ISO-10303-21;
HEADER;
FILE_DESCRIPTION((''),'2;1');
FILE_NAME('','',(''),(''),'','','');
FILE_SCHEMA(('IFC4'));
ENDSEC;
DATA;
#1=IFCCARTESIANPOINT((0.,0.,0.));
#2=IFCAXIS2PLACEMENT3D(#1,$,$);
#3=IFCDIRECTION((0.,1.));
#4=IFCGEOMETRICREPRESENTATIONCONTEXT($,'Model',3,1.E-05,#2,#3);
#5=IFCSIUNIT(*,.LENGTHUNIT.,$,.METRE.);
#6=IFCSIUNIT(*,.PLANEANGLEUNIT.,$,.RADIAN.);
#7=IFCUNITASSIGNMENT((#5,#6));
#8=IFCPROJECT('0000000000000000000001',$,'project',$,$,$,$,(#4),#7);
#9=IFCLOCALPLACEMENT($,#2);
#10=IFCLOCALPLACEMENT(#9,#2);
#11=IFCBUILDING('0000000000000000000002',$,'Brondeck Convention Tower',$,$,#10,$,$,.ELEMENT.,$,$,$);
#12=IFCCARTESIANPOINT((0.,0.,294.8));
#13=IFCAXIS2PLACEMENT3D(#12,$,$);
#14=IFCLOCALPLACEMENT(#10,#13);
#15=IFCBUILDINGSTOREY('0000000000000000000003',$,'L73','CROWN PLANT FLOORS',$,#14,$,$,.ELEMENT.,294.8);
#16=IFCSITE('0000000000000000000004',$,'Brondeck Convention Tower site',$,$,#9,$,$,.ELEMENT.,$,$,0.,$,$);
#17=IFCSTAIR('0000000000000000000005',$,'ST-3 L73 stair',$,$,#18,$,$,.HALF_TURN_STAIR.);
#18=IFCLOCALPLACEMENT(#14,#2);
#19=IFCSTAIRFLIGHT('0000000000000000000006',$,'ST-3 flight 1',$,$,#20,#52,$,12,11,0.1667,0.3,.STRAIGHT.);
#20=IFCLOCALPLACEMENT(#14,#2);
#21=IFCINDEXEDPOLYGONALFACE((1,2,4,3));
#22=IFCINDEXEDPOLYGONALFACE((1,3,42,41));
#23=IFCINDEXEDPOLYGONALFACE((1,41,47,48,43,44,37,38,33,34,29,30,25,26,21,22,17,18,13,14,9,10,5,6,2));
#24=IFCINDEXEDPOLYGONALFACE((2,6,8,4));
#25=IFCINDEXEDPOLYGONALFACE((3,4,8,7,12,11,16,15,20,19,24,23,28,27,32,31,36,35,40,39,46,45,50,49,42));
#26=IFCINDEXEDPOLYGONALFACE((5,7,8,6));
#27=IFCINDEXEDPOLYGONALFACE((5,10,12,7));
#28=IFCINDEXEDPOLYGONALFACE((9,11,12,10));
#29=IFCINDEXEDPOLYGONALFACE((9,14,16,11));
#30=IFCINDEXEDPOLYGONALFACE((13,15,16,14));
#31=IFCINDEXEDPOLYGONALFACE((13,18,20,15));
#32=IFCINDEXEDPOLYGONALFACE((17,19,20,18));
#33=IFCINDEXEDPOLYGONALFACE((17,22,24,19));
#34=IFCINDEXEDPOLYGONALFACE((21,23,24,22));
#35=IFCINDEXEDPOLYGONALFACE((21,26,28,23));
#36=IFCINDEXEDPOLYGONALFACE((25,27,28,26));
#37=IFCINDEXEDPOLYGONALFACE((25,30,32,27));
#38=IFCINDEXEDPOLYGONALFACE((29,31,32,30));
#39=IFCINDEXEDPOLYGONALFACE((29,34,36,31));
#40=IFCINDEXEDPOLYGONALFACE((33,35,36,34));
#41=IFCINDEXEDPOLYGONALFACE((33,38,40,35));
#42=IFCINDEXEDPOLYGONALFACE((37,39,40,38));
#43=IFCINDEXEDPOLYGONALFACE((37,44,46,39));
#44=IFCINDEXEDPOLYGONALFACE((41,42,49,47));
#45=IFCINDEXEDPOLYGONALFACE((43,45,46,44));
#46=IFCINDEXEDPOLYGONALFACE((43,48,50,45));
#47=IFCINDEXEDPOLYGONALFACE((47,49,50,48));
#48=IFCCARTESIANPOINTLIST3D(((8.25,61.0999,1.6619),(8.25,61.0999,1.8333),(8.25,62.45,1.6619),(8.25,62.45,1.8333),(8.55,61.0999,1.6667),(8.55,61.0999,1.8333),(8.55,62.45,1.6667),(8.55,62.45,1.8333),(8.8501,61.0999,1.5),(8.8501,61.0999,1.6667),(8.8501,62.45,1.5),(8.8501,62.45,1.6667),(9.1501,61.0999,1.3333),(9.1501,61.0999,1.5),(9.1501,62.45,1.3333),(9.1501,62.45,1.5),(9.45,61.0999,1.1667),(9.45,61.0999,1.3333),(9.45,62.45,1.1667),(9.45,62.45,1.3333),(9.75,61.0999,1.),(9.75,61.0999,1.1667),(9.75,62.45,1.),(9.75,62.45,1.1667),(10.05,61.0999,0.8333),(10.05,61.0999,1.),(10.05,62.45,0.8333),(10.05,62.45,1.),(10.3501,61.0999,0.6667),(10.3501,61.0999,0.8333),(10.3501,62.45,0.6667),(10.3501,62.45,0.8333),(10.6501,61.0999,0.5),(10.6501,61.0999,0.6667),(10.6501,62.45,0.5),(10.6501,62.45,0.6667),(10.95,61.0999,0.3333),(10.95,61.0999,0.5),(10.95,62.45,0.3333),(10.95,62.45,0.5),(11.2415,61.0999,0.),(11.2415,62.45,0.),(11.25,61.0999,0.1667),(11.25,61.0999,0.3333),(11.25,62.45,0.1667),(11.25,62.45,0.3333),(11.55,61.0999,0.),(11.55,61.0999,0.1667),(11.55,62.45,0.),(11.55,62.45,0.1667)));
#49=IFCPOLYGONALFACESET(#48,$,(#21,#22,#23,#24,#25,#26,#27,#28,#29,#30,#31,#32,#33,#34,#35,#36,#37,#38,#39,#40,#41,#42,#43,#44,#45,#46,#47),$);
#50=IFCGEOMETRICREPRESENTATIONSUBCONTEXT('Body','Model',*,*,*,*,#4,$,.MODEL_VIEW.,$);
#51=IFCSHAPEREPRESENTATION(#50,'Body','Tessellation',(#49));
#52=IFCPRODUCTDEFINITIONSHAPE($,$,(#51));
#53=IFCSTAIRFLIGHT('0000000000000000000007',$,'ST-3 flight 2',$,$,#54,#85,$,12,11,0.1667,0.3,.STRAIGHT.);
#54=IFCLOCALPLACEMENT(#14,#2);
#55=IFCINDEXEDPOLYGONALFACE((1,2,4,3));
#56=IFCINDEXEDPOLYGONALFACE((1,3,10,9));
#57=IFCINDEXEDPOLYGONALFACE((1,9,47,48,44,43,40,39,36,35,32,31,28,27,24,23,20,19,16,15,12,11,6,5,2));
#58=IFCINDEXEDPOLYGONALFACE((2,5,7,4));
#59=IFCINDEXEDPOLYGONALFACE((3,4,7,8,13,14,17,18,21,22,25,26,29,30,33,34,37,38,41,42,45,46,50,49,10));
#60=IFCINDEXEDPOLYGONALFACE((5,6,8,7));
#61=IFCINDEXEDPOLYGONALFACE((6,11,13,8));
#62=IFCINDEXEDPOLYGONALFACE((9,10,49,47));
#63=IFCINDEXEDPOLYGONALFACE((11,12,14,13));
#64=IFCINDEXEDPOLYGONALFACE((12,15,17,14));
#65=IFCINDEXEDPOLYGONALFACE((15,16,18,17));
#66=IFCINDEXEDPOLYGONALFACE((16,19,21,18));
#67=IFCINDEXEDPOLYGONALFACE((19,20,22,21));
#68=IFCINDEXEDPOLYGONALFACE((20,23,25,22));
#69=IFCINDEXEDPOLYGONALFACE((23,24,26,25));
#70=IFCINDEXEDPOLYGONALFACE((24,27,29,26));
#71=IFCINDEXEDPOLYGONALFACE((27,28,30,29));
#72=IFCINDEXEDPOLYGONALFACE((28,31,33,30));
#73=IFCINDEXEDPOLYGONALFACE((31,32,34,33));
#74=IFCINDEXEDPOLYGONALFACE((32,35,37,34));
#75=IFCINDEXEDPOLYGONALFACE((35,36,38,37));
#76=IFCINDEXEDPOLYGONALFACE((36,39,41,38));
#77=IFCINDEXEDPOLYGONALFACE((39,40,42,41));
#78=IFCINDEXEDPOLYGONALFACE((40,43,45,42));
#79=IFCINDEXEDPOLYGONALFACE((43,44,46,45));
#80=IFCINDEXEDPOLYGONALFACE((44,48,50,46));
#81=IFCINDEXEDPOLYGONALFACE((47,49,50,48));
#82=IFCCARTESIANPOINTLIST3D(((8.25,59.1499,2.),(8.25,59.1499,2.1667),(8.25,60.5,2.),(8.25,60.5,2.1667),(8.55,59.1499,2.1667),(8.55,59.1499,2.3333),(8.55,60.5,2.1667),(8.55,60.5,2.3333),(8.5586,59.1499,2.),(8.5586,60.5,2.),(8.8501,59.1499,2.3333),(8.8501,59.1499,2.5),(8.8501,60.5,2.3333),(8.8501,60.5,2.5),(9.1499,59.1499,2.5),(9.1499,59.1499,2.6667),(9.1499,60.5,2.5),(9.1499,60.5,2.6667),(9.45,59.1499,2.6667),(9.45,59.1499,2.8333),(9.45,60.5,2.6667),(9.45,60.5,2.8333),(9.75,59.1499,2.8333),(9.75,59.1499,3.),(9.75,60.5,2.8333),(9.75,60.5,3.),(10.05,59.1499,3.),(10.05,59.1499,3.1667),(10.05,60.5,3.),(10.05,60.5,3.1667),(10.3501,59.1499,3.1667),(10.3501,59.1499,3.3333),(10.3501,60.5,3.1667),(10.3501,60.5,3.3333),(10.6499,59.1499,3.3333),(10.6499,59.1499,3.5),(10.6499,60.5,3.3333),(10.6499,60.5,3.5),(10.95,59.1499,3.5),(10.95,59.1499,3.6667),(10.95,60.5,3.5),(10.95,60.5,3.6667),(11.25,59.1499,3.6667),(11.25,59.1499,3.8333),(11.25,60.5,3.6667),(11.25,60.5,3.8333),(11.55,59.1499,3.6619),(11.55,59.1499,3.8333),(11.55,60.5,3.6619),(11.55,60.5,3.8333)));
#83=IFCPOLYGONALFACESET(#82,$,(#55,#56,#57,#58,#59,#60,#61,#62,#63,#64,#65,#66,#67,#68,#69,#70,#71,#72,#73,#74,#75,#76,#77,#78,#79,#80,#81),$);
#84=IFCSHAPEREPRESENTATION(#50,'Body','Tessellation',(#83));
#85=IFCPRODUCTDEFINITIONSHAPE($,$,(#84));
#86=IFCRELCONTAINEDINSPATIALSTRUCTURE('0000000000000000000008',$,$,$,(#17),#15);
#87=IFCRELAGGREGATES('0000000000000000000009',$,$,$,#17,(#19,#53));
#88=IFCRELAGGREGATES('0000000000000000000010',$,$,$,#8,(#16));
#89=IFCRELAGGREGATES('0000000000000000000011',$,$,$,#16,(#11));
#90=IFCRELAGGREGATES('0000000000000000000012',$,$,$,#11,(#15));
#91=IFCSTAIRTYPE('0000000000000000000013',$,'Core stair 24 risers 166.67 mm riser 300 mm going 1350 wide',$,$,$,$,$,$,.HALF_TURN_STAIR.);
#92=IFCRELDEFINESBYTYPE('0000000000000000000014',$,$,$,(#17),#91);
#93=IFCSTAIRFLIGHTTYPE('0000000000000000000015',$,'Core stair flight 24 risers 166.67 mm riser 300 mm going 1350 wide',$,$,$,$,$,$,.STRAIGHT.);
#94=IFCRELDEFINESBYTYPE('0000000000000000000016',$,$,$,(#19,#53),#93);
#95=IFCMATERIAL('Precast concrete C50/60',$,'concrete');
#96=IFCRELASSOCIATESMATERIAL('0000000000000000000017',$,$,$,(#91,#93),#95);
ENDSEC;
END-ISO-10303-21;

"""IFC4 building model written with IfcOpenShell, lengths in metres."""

from ifc_helpers import new_model, si_unit, direction, frame, origin, place, context, subcontext, project, spatial, polyline, outline, extrude, material, type_object, element, aggregate, save


model = new_model("IFC4")

# Units and contexts
model_context = context("Model", 3, precision=1e-05, world=origin(), true_north=direction((0.0, 1.0)))
body_context = subcontext(model_context, "Body", "Model", "MODEL_VIEW")
ifc_project = project(units=[si_unit("LENGTHUNIT", "METRE"), si_unit("PLANEANGLEUNIT", "RADIAN")], contexts=[model_context])

# Site, building, storey
site_placement = place(None, origin())
site = spatial("IfcSite", under=ifc_project, at=site_placement, Name="Brondeck Convention Tower site", CompositionType="ELEMENT", RefElevation=0.0)
building_placement = place(site_placement, origin())
building = spatial("IfcBuilding", under=site, at=building_placement, Name="Brondeck Convention Tower", CompositionType="ELEMENT")
storey_placement = place(building_placement, frame((0.0, 0.0, 294.8)))
storey = spatial("IfcBuildingStorey", under=building, at=storey_placement, Name="L73", Description="CROWN PLANT FLOORS", CompositionType="ELEMENT", Elevation=294.8)

# Stair, stair flights
ifc_material_1 = material(Name="Precast concrete C50/60", Category="concrete")
stair_type = type_object("IfcStairType", Name="Core stair 24 risers 166.67 mm riser 300 mm going 1350 wide", PredefinedType="HALF_TURN_STAIR", material=ifc_material_1)
stair_placement = place(storey_placement, origin())
stair = element("IfcStair", 1, at=stair_placement, inside=storey, type_object=stair_type, Name="ST-3 L73 stair", PredefinedType="HALF_TURN_STAIR")
stair_flight_type = type_object("IfcStairFlightType", Name="Core stair flight 24 risers 166.67 mm riser 300 mm going 1350 wide", PredefinedType="STRAIGHT", material=ifc_material_1)
stair_flight_1_placement = place(storey_placement, frame((11.55, 61.7749, 0.0), z_axis=(0.0, 0.0, 1.0), x_axis=(-1.0, 0.0, 0.0)))
stair_flight_1 = element("IfcStairFlight", 2, at=stair_flight_1_placement, type_object=stair_flight_type, Name="ST-3 flight 1", NumberOfRisers=12, NumberOfTreads=11, PredefinedType="STRAIGHT", RiserHeight=0.1667, TreadLength=0.3, context=body_context, shape_type="SweptSolid", body=[
    extrude(outline(polyline([(0.0, 0.0), (0.0, 0.1667), (0.3, 0.1667), (0.3, 0.3333), (0.6001, 0.3333), (0.6001, 0.5), (0.8999, 0.5), (0.8999, 0.6667), (1.2, 0.6667), (1.2, 0.8333), (1.5, 0.8333), (1.5, 1.0), (1.8, 1.0), (1.8, 1.1667), (2.1001, 1.1667), (2.1001, 1.3333), (2.3999, 1.3333), (2.3999, 1.5), (2.7, 1.5), (2.7, 1.6667), (3.0, 1.6667), (3.0, 1.8333), (3.3, 1.8333), (3.3, 2.0), (3.3, 1.6619), (0.3086, 0.0), (0.0, 0.0)])), frame((0.0, 0.675, 0.0), z_axis=(0.0, -1.0, 0.0), x_axis=(1.0, 0.0, 0.0)), (0.0, 0.0, 1.0), 1.3501),
])
stair_flight_2_placement = place(storey_placement, frame((8.25, 59.825, 2.0), z_axis=(0.0, 0.0, 1.0), x_axis=(1.0, 0.0, 0.0)))
stair_flight_2 = element("IfcStairFlight", 3, at=stair_flight_2_placement, type_object=stair_flight_type, Name="ST-3 flight 2", NumberOfRisers=12, NumberOfTreads=11, PredefinedType="STRAIGHT", RiserHeight=0.1667, TreadLength=0.3, context=body_context, shape_type="SweptSolid", body=[
    extrude(outline(polyline([(0.0, 0.0), (0.0, 0.1667), (0.3, 0.1667), (0.3, 0.3333), (0.6001, 0.3333), (0.6001, 0.5), (0.8999, 0.5), (0.8999, 0.6667), (1.2, 0.6667), (1.2, 0.8333), (1.5, 0.8333), (1.5, 1.0), (1.8, 1.0), (1.8, 1.1667), (2.1001, 1.1667), (2.1001, 1.3333), (2.3999, 1.3333), (2.3999, 1.5), (2.7, 1.5), (2.7, 1.6667), (3.0, 1.6667), (3.0, 1.8333), (3.3, 1.8333), (3.3, 2.0), (3.3, 1.6619), (0.3086, 0.0), (0.0, 0.0)])), frame((0.0, 0.675, 0.0), z_axis=(0.0, -1.0, 0.0), x_axis=(1.0, 0.0, 0.0)), (0.0, 0.0, 1.0), 1.3501),
])
aggregate(stair, [stair_flight_1, stair_flight_2])

save(model, "model.ifc")
